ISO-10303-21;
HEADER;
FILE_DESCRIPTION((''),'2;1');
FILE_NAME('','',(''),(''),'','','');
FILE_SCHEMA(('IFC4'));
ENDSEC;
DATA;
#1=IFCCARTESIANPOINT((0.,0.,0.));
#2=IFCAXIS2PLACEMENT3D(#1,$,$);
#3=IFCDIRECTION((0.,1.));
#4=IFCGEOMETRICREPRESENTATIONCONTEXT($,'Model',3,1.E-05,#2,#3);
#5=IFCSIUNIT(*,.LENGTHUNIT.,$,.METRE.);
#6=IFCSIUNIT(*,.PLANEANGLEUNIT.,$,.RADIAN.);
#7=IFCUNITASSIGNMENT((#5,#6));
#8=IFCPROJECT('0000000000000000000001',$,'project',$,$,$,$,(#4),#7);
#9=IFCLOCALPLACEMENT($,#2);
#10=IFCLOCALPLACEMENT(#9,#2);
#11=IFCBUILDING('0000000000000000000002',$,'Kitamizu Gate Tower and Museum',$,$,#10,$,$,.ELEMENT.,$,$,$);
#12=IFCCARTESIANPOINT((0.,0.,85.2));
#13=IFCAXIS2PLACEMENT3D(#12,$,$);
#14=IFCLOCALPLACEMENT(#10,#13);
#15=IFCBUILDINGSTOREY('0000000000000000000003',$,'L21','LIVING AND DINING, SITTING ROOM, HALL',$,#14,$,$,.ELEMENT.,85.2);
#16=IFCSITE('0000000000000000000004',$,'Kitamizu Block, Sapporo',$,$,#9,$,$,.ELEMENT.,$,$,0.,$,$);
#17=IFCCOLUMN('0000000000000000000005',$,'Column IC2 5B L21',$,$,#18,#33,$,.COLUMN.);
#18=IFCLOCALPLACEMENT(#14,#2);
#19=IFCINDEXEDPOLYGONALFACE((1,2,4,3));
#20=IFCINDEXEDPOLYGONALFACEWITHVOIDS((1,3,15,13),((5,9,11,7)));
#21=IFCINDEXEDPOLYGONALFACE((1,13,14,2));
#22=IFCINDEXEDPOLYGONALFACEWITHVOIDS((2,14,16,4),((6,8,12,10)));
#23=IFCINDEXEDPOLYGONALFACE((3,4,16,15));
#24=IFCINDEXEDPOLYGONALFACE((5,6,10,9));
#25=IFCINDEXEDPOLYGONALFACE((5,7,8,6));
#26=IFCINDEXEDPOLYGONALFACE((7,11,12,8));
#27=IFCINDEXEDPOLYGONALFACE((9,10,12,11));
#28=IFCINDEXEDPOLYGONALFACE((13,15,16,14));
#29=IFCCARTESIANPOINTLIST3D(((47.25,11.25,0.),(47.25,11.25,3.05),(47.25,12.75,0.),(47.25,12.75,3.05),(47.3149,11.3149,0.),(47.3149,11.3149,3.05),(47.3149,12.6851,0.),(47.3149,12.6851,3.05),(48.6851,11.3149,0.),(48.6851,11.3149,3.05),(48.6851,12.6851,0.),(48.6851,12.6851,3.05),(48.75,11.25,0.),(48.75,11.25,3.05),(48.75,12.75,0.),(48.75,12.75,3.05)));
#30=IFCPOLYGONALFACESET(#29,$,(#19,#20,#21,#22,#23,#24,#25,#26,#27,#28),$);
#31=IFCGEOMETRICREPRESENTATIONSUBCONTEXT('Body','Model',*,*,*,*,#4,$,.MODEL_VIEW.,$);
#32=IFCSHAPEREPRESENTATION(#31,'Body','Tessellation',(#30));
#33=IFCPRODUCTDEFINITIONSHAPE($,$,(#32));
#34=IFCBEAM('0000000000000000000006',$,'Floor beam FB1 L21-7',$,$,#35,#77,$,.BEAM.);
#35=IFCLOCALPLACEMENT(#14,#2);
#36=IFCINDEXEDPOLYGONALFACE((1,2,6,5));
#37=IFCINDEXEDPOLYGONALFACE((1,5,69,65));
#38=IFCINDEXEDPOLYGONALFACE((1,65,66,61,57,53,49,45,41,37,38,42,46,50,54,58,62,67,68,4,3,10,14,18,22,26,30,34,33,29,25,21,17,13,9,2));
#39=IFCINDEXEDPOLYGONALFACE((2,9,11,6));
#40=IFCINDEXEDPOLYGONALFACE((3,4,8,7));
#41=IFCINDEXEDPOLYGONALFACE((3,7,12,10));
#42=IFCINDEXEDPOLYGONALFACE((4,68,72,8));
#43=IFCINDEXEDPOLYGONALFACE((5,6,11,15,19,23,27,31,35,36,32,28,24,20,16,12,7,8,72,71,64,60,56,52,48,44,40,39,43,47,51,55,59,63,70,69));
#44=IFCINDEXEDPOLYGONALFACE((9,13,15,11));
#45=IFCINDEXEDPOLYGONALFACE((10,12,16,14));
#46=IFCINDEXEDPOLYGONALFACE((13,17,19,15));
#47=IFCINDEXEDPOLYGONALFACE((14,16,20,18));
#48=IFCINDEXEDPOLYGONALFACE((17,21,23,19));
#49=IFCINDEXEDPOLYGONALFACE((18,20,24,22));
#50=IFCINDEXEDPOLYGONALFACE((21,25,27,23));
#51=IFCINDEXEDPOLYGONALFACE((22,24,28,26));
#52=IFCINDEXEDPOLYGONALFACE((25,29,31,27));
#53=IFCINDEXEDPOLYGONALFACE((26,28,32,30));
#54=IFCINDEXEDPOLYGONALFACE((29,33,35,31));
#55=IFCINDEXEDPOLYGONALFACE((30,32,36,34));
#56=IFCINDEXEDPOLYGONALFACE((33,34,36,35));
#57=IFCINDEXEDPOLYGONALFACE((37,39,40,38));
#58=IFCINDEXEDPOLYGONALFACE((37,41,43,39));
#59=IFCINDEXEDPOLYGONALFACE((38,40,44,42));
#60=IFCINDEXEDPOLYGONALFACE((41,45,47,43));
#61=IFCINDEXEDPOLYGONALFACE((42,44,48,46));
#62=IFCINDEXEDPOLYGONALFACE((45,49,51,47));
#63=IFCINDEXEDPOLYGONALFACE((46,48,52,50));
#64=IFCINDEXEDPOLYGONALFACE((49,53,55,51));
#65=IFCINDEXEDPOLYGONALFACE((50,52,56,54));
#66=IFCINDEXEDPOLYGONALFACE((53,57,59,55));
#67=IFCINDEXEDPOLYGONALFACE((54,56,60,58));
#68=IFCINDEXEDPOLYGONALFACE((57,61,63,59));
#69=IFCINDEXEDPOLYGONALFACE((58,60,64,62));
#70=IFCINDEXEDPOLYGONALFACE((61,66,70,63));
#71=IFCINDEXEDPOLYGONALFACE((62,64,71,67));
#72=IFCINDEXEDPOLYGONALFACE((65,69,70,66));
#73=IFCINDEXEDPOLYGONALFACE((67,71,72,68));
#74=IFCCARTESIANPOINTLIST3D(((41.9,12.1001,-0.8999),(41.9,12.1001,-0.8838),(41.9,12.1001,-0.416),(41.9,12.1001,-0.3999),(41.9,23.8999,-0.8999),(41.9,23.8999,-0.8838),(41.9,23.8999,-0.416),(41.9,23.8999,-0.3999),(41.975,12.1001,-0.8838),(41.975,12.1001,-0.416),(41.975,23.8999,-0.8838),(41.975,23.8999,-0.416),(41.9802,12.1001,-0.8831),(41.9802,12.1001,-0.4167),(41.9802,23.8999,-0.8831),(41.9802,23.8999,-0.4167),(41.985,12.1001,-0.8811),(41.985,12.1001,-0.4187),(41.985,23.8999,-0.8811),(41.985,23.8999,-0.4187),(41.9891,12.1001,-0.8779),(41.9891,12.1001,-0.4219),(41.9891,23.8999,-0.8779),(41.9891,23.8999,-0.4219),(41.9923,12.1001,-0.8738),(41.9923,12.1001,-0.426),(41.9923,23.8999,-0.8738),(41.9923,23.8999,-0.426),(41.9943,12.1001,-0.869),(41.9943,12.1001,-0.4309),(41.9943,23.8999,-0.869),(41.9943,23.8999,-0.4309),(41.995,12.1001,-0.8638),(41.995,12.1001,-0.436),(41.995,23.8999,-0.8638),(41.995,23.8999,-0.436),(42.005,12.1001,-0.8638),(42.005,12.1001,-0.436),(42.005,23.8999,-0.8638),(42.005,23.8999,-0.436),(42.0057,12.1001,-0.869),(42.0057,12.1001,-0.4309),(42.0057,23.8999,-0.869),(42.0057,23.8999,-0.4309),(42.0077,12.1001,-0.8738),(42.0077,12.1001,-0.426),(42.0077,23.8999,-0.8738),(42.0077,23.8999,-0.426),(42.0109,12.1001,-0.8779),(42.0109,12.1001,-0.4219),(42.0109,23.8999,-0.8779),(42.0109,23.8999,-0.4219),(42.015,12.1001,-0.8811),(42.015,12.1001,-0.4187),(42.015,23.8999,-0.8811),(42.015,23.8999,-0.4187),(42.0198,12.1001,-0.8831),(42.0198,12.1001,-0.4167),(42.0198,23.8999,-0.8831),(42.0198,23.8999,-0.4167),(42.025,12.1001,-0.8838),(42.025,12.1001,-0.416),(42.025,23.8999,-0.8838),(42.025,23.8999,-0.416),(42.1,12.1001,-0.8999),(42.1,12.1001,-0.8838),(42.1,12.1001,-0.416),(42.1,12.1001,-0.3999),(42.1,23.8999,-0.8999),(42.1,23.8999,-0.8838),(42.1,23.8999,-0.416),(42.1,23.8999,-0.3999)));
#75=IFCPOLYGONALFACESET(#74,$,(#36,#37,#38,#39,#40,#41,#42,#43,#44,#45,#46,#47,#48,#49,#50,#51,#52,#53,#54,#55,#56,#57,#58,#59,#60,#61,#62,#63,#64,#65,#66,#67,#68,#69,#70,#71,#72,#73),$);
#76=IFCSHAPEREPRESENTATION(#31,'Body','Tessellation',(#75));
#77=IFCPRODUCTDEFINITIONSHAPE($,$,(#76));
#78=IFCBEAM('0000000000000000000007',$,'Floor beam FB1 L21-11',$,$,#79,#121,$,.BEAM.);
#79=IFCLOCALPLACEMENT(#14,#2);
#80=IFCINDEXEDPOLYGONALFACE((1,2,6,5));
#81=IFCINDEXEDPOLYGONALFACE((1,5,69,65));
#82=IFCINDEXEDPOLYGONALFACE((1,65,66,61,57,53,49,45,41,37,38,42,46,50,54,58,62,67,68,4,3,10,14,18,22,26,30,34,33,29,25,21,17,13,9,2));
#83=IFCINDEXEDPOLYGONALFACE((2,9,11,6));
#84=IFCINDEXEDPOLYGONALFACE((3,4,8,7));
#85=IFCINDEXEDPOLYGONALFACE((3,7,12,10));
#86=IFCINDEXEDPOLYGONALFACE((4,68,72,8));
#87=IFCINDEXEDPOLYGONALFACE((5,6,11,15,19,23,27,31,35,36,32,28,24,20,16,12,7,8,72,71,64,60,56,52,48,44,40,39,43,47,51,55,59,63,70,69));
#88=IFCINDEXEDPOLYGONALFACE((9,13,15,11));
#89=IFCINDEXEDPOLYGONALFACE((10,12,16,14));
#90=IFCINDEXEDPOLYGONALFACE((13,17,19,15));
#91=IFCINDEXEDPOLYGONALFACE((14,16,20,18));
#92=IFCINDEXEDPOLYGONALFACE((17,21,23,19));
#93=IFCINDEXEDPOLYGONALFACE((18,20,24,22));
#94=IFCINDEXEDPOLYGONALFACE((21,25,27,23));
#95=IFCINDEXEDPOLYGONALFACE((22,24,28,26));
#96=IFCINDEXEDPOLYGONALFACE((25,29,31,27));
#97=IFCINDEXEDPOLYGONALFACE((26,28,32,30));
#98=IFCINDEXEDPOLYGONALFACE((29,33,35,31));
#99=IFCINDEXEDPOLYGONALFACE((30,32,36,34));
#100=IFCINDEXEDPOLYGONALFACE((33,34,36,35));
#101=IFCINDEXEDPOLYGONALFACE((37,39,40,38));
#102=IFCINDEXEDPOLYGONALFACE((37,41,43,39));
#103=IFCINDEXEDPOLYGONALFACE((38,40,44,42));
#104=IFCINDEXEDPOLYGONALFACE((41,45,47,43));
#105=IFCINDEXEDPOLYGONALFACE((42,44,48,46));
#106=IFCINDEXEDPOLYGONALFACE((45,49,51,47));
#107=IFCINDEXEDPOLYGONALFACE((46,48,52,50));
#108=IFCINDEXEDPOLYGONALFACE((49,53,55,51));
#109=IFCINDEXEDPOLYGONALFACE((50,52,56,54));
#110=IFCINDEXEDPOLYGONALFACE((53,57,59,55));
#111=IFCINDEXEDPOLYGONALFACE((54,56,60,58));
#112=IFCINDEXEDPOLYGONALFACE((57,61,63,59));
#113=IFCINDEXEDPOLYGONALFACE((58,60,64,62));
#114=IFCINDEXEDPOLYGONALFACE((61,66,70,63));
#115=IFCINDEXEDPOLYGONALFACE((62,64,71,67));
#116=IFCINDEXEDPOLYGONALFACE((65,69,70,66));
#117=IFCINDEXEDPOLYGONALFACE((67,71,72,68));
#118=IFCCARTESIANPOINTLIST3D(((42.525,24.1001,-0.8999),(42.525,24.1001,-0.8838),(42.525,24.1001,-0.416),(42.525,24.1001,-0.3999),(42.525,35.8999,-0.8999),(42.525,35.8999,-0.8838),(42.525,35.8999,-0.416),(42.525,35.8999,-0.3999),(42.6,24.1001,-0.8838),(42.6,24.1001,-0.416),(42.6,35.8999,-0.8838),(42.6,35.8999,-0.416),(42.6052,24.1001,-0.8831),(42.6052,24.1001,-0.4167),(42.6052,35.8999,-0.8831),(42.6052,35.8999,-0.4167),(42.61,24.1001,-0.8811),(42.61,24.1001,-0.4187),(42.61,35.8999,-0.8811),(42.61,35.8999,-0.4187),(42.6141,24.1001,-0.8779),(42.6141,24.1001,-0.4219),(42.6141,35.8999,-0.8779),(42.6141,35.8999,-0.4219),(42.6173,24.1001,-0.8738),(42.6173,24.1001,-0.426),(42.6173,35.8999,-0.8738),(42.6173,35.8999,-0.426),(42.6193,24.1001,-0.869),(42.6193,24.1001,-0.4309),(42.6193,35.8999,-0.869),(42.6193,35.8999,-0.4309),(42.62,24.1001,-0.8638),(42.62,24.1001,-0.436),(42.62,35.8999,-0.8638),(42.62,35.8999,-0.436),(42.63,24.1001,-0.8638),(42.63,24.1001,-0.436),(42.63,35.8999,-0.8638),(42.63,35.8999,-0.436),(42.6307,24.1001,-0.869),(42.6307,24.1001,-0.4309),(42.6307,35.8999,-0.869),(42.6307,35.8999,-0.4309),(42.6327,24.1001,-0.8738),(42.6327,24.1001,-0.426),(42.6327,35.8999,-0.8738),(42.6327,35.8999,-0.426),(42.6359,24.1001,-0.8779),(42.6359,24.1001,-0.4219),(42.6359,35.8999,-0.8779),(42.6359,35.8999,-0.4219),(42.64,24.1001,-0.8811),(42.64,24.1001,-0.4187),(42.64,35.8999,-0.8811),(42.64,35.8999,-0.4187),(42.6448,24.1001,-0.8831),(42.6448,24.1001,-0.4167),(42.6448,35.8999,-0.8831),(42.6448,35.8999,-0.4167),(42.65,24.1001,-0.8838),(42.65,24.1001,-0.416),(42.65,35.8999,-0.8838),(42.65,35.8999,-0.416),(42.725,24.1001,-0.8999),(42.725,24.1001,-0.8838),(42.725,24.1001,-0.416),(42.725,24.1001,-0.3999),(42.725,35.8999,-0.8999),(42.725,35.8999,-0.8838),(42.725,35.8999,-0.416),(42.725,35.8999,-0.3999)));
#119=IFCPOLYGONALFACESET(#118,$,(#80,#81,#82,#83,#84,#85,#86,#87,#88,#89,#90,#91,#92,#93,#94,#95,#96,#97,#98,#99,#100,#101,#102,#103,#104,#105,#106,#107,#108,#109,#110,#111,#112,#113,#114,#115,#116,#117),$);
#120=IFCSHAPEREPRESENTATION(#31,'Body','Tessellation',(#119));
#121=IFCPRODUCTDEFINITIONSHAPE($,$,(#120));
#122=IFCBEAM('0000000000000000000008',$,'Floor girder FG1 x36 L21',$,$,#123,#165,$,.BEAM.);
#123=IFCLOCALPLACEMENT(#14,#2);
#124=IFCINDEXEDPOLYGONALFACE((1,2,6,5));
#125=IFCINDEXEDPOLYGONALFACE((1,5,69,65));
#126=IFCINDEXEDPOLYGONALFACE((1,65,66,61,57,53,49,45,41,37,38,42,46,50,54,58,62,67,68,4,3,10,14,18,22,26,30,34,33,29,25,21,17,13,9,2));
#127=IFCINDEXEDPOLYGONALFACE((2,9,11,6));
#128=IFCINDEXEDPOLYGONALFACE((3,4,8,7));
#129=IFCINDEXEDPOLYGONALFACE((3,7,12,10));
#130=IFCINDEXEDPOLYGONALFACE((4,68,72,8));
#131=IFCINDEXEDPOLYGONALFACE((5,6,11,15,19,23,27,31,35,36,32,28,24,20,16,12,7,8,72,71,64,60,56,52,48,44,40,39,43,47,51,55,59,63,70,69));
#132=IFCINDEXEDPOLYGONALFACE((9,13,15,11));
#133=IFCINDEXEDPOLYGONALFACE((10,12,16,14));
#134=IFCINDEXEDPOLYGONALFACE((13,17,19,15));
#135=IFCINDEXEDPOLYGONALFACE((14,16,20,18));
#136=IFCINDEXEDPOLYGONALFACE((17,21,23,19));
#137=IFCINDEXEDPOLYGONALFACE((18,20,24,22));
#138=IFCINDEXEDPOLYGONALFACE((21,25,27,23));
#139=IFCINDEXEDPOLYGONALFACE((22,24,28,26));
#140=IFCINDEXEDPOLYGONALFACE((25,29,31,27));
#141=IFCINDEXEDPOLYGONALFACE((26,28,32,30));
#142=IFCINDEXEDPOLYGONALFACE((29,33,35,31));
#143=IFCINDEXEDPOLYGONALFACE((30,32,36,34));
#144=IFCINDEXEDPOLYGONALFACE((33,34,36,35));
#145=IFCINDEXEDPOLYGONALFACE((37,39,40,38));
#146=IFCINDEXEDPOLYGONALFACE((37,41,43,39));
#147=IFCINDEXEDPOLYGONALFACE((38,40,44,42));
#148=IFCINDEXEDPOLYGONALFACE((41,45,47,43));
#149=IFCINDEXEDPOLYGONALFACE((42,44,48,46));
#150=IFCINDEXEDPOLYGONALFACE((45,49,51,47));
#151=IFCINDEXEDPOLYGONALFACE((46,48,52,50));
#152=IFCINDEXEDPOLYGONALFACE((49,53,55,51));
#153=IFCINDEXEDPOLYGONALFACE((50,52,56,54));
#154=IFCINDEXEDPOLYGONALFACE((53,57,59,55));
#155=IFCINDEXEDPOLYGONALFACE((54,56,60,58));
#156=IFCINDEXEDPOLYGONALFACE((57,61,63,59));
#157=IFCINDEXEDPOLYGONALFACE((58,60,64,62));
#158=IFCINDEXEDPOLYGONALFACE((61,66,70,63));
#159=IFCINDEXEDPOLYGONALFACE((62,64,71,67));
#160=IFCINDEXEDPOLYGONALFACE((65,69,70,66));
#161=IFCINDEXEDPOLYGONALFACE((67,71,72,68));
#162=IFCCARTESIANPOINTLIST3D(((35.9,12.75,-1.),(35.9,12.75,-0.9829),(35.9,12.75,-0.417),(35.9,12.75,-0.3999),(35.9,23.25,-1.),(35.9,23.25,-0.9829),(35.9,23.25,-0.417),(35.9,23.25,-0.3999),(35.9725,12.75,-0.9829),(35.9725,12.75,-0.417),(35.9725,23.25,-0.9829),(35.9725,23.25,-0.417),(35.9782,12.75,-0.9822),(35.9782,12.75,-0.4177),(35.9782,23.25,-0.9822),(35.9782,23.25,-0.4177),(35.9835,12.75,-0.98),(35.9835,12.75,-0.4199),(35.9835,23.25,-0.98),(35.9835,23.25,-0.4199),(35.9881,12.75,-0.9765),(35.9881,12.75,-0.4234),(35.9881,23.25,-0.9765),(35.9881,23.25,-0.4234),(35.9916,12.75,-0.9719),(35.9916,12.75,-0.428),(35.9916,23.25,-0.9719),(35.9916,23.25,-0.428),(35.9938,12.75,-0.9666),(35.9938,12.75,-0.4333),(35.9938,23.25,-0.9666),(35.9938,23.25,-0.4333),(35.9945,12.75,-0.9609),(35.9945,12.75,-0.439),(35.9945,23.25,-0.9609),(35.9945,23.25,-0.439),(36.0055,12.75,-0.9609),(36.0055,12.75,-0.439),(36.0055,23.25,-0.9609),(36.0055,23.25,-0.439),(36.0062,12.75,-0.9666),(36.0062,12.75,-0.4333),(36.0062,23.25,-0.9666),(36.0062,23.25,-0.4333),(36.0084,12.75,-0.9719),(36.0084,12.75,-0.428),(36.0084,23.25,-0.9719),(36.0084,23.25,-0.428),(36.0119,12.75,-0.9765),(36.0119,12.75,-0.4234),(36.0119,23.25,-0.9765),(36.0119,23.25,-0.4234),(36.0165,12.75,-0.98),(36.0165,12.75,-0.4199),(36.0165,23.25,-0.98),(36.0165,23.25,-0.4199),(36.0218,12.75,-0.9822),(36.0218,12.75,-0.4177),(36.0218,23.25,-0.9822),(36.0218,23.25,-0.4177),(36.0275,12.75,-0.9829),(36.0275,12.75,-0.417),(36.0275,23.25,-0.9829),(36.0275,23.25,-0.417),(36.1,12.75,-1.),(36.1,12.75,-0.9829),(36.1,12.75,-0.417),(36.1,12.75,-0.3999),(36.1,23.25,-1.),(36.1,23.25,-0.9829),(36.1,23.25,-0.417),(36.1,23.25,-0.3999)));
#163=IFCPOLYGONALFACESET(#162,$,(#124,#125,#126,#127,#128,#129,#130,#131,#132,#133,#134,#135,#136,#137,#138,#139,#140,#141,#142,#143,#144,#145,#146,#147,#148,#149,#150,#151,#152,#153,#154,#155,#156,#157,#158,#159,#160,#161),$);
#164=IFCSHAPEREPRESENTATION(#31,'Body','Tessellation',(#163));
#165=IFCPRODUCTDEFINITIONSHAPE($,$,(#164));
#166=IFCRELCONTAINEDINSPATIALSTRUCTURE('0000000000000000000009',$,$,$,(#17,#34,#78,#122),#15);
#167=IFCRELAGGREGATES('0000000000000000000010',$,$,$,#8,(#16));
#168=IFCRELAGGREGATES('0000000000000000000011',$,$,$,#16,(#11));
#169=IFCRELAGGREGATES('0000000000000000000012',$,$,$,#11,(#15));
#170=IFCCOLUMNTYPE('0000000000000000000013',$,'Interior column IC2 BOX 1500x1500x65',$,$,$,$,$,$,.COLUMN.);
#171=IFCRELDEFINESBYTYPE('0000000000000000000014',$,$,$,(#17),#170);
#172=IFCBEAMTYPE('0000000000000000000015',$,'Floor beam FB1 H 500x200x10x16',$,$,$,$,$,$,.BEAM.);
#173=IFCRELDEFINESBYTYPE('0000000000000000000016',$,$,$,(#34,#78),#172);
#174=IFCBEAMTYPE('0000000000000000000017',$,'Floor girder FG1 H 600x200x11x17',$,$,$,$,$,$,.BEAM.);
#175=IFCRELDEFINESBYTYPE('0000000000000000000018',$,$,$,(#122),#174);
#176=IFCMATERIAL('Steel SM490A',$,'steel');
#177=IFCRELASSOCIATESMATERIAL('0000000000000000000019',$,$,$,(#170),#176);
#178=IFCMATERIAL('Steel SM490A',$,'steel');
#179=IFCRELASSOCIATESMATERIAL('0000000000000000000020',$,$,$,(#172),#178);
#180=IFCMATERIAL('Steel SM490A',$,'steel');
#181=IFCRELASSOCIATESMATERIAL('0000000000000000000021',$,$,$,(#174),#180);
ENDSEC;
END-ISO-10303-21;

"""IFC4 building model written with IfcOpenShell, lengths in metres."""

from ifc_helpers import new_model, si_unit, direction, frame, origin, origin_2d, place, context, subcontext, project, spatial, hollow_rectangle, i_section, extrude, material, material_profile, profile_set, type_object, element, save


model = new_model("IFC4")

# Units and contexts
model_context = context("Model", 3, precision=1e-05, world=origin(), true_north=direction((0.0, 1.0)))
body_context = subcontext(model_context, "Body", "Model", "MODEL_VIEW")
ifc_project = project(units=[si_unit("LENGTHUNIT", "METRE"), si_unit("PLANEANGLEUNIT", "RADIAN")], contexts=[model_context])

# Site, building, storey
site_placement = place(None, origin())
site = spatial("IfcSite", under=ifc_project, at=site_placement, Name="Kitamizu Block, Sapporo", CompositionType="ELEMENT", RefElevation=0.0)
building_placement = place(site_placement, origin())
building = spatial("IfcBuilding", under=site, at=building_placement, Name="Kitamizu Gate Tower and Museum", CompositionType="ELEMENT")
storey_placement = place(building_placement, frame((0.0, 0.0, 85.2)))
storey = spatial("IfcBuildingStorey", under=building, at=storey_placement, Name="L21", Description="LIVING AND DINING, SITTING ROOM, HALL", CompositionType="ELEMENT", Elevation=85.2)

# Column
ifc_material_1 = material(Name="Steel SM490A", Category="steel")
ifc_material_profile_1 = material_profile(ifc_material_1, hollow_rectangle(XDim=1.5, YDim=1.5, WallThickness=0.0649, at=origin_2d()), Name="BOX 1500x1500x65")
ifc_profile_set_1 = profile_set([ifc_material_profile_1], Name="Steel SM490A")
column_type = type_object("IfcColumnType", Name="Interior column IC2 BOX 1500x1500x65", PredefinedType="COLUMN", material=ifc_profile_set_1)
column_placement = place(storey_placement, frame((48.0, 12.0, 0.0), z_axis=(0.0, 0.0, 1.0), x_axis=(1.0, 0.0, 0.0)))
element("IfcColumn", 1, at=column_placement, inside=storey, type_object=column_type, Name="Column IC2 5B L21", PredefinedType="COLUMN", context=body_context, shape_type="SweptSolid", body=[
    extrude(hollow_rectangle(XDim=1.5, YDim=1.5, WallThickness=0.0649, at=origin_2d()), origin(), (0.0, 0.0, 1.0), 3.05),
])

# Beams
ifc_material_2 = material(Name="Steel SM490A", Category="steel")
ifc_material_profile_2 = material_profile(ifc_material_2, i_section(OverallWidth=0.2, OverallDepth=0.5, WebThickness=0.01, FlangeThickness=0.0161, FilletRadius=0.02, at=origin_2d()), Name="H-500x200x10x16")
ifc_profile_set_2 = profile_set([ifc_material_profile_2], Name="Steel SM490A")
beam_type_1 = type_object("IfcBeamType", Name="Floor beam FB1 H 500x200x10x16", PredefinedType="BEAM", material=ifc_profile_set_2)
for number, where, z_axis, x_axis, name in (
    (2, (42.0, 12.1001, -0.6499), (0.0, 1.0, 0.0), (-1.0, 0.0, 0.0), "Floor beam FB1 L21-7"),
    (3, (42.625, 24.1001, -0.6499), (0.0, 1.0, 0.0), (-1.0, 0.0, 0.0), "Floor beam FB1 L21-11"),
):
    element("IfcBeam", number, at=place(storey_placement, frame(where, z_axis=z_axis, x_axis=x_axis)), inside=storey, type_object=beam_type_1, Name=name, PredefinedType="BEAM", context=body_context, shape_type="SweptSolid", body=[
        extrude(i_section(OverallWidth=0.2, OverallDepth=0.5, WebThickness=0.01, FlangeThickness=0.0161, FilletRadius=0.02, at=origin_2d()), origin(), (0.0, 0.0, 1.0), 11.7998),
    ])
ifc_material_3 = material(Name="Steel SM490A", Category="steel")
ifc_material_profile_3 = material_profile(ifc_material_3, i_section(OverallWidth=0.2, OverallDepth=0.6001, WebThickness=0.011, FlangeThickness=0.0171, FilletRadius=0.022, at=origin_2d()), Name="H-600x200x11x17")
ifc_profile_set_3 = profile_set([ifc_material_profile_3], Name="Steel SM490A")
beam_type_2 = type_object("IfcBeamType", Name="Floor girder FG1 H 600x200x11x17", PredefinedType="BEAM", material=ifc_profile_set_3)
for number, where, z_axis, x_axis, name in (
    (4, (36.0, 12.75, -0.7), (0.0, 1.0, 0.0), (-1.0, 0.0, 0.0), "Floor girder FG1 x36 L21"),
):
    element("IfcBeam", number, at=place(storey_placement, frame(where, z_axis=z_axis, x_axis=x_axis)), inside=storey, type_object=beam_type_2, Name=name, PredefinedType="BEAM", context=body_context, shape_type="SweptSolid", body=[
        extrude(i_section(OverallWidth=0.2, OverallDepth=0.6001, WebThickness=0.011, FlangeThickness=0.0171, FilletRadius=0.022, at=origin_2d()), origin(), (0.0, 0.0, 1.0), 10.5),
    ])

save(model, "model.ifc")
